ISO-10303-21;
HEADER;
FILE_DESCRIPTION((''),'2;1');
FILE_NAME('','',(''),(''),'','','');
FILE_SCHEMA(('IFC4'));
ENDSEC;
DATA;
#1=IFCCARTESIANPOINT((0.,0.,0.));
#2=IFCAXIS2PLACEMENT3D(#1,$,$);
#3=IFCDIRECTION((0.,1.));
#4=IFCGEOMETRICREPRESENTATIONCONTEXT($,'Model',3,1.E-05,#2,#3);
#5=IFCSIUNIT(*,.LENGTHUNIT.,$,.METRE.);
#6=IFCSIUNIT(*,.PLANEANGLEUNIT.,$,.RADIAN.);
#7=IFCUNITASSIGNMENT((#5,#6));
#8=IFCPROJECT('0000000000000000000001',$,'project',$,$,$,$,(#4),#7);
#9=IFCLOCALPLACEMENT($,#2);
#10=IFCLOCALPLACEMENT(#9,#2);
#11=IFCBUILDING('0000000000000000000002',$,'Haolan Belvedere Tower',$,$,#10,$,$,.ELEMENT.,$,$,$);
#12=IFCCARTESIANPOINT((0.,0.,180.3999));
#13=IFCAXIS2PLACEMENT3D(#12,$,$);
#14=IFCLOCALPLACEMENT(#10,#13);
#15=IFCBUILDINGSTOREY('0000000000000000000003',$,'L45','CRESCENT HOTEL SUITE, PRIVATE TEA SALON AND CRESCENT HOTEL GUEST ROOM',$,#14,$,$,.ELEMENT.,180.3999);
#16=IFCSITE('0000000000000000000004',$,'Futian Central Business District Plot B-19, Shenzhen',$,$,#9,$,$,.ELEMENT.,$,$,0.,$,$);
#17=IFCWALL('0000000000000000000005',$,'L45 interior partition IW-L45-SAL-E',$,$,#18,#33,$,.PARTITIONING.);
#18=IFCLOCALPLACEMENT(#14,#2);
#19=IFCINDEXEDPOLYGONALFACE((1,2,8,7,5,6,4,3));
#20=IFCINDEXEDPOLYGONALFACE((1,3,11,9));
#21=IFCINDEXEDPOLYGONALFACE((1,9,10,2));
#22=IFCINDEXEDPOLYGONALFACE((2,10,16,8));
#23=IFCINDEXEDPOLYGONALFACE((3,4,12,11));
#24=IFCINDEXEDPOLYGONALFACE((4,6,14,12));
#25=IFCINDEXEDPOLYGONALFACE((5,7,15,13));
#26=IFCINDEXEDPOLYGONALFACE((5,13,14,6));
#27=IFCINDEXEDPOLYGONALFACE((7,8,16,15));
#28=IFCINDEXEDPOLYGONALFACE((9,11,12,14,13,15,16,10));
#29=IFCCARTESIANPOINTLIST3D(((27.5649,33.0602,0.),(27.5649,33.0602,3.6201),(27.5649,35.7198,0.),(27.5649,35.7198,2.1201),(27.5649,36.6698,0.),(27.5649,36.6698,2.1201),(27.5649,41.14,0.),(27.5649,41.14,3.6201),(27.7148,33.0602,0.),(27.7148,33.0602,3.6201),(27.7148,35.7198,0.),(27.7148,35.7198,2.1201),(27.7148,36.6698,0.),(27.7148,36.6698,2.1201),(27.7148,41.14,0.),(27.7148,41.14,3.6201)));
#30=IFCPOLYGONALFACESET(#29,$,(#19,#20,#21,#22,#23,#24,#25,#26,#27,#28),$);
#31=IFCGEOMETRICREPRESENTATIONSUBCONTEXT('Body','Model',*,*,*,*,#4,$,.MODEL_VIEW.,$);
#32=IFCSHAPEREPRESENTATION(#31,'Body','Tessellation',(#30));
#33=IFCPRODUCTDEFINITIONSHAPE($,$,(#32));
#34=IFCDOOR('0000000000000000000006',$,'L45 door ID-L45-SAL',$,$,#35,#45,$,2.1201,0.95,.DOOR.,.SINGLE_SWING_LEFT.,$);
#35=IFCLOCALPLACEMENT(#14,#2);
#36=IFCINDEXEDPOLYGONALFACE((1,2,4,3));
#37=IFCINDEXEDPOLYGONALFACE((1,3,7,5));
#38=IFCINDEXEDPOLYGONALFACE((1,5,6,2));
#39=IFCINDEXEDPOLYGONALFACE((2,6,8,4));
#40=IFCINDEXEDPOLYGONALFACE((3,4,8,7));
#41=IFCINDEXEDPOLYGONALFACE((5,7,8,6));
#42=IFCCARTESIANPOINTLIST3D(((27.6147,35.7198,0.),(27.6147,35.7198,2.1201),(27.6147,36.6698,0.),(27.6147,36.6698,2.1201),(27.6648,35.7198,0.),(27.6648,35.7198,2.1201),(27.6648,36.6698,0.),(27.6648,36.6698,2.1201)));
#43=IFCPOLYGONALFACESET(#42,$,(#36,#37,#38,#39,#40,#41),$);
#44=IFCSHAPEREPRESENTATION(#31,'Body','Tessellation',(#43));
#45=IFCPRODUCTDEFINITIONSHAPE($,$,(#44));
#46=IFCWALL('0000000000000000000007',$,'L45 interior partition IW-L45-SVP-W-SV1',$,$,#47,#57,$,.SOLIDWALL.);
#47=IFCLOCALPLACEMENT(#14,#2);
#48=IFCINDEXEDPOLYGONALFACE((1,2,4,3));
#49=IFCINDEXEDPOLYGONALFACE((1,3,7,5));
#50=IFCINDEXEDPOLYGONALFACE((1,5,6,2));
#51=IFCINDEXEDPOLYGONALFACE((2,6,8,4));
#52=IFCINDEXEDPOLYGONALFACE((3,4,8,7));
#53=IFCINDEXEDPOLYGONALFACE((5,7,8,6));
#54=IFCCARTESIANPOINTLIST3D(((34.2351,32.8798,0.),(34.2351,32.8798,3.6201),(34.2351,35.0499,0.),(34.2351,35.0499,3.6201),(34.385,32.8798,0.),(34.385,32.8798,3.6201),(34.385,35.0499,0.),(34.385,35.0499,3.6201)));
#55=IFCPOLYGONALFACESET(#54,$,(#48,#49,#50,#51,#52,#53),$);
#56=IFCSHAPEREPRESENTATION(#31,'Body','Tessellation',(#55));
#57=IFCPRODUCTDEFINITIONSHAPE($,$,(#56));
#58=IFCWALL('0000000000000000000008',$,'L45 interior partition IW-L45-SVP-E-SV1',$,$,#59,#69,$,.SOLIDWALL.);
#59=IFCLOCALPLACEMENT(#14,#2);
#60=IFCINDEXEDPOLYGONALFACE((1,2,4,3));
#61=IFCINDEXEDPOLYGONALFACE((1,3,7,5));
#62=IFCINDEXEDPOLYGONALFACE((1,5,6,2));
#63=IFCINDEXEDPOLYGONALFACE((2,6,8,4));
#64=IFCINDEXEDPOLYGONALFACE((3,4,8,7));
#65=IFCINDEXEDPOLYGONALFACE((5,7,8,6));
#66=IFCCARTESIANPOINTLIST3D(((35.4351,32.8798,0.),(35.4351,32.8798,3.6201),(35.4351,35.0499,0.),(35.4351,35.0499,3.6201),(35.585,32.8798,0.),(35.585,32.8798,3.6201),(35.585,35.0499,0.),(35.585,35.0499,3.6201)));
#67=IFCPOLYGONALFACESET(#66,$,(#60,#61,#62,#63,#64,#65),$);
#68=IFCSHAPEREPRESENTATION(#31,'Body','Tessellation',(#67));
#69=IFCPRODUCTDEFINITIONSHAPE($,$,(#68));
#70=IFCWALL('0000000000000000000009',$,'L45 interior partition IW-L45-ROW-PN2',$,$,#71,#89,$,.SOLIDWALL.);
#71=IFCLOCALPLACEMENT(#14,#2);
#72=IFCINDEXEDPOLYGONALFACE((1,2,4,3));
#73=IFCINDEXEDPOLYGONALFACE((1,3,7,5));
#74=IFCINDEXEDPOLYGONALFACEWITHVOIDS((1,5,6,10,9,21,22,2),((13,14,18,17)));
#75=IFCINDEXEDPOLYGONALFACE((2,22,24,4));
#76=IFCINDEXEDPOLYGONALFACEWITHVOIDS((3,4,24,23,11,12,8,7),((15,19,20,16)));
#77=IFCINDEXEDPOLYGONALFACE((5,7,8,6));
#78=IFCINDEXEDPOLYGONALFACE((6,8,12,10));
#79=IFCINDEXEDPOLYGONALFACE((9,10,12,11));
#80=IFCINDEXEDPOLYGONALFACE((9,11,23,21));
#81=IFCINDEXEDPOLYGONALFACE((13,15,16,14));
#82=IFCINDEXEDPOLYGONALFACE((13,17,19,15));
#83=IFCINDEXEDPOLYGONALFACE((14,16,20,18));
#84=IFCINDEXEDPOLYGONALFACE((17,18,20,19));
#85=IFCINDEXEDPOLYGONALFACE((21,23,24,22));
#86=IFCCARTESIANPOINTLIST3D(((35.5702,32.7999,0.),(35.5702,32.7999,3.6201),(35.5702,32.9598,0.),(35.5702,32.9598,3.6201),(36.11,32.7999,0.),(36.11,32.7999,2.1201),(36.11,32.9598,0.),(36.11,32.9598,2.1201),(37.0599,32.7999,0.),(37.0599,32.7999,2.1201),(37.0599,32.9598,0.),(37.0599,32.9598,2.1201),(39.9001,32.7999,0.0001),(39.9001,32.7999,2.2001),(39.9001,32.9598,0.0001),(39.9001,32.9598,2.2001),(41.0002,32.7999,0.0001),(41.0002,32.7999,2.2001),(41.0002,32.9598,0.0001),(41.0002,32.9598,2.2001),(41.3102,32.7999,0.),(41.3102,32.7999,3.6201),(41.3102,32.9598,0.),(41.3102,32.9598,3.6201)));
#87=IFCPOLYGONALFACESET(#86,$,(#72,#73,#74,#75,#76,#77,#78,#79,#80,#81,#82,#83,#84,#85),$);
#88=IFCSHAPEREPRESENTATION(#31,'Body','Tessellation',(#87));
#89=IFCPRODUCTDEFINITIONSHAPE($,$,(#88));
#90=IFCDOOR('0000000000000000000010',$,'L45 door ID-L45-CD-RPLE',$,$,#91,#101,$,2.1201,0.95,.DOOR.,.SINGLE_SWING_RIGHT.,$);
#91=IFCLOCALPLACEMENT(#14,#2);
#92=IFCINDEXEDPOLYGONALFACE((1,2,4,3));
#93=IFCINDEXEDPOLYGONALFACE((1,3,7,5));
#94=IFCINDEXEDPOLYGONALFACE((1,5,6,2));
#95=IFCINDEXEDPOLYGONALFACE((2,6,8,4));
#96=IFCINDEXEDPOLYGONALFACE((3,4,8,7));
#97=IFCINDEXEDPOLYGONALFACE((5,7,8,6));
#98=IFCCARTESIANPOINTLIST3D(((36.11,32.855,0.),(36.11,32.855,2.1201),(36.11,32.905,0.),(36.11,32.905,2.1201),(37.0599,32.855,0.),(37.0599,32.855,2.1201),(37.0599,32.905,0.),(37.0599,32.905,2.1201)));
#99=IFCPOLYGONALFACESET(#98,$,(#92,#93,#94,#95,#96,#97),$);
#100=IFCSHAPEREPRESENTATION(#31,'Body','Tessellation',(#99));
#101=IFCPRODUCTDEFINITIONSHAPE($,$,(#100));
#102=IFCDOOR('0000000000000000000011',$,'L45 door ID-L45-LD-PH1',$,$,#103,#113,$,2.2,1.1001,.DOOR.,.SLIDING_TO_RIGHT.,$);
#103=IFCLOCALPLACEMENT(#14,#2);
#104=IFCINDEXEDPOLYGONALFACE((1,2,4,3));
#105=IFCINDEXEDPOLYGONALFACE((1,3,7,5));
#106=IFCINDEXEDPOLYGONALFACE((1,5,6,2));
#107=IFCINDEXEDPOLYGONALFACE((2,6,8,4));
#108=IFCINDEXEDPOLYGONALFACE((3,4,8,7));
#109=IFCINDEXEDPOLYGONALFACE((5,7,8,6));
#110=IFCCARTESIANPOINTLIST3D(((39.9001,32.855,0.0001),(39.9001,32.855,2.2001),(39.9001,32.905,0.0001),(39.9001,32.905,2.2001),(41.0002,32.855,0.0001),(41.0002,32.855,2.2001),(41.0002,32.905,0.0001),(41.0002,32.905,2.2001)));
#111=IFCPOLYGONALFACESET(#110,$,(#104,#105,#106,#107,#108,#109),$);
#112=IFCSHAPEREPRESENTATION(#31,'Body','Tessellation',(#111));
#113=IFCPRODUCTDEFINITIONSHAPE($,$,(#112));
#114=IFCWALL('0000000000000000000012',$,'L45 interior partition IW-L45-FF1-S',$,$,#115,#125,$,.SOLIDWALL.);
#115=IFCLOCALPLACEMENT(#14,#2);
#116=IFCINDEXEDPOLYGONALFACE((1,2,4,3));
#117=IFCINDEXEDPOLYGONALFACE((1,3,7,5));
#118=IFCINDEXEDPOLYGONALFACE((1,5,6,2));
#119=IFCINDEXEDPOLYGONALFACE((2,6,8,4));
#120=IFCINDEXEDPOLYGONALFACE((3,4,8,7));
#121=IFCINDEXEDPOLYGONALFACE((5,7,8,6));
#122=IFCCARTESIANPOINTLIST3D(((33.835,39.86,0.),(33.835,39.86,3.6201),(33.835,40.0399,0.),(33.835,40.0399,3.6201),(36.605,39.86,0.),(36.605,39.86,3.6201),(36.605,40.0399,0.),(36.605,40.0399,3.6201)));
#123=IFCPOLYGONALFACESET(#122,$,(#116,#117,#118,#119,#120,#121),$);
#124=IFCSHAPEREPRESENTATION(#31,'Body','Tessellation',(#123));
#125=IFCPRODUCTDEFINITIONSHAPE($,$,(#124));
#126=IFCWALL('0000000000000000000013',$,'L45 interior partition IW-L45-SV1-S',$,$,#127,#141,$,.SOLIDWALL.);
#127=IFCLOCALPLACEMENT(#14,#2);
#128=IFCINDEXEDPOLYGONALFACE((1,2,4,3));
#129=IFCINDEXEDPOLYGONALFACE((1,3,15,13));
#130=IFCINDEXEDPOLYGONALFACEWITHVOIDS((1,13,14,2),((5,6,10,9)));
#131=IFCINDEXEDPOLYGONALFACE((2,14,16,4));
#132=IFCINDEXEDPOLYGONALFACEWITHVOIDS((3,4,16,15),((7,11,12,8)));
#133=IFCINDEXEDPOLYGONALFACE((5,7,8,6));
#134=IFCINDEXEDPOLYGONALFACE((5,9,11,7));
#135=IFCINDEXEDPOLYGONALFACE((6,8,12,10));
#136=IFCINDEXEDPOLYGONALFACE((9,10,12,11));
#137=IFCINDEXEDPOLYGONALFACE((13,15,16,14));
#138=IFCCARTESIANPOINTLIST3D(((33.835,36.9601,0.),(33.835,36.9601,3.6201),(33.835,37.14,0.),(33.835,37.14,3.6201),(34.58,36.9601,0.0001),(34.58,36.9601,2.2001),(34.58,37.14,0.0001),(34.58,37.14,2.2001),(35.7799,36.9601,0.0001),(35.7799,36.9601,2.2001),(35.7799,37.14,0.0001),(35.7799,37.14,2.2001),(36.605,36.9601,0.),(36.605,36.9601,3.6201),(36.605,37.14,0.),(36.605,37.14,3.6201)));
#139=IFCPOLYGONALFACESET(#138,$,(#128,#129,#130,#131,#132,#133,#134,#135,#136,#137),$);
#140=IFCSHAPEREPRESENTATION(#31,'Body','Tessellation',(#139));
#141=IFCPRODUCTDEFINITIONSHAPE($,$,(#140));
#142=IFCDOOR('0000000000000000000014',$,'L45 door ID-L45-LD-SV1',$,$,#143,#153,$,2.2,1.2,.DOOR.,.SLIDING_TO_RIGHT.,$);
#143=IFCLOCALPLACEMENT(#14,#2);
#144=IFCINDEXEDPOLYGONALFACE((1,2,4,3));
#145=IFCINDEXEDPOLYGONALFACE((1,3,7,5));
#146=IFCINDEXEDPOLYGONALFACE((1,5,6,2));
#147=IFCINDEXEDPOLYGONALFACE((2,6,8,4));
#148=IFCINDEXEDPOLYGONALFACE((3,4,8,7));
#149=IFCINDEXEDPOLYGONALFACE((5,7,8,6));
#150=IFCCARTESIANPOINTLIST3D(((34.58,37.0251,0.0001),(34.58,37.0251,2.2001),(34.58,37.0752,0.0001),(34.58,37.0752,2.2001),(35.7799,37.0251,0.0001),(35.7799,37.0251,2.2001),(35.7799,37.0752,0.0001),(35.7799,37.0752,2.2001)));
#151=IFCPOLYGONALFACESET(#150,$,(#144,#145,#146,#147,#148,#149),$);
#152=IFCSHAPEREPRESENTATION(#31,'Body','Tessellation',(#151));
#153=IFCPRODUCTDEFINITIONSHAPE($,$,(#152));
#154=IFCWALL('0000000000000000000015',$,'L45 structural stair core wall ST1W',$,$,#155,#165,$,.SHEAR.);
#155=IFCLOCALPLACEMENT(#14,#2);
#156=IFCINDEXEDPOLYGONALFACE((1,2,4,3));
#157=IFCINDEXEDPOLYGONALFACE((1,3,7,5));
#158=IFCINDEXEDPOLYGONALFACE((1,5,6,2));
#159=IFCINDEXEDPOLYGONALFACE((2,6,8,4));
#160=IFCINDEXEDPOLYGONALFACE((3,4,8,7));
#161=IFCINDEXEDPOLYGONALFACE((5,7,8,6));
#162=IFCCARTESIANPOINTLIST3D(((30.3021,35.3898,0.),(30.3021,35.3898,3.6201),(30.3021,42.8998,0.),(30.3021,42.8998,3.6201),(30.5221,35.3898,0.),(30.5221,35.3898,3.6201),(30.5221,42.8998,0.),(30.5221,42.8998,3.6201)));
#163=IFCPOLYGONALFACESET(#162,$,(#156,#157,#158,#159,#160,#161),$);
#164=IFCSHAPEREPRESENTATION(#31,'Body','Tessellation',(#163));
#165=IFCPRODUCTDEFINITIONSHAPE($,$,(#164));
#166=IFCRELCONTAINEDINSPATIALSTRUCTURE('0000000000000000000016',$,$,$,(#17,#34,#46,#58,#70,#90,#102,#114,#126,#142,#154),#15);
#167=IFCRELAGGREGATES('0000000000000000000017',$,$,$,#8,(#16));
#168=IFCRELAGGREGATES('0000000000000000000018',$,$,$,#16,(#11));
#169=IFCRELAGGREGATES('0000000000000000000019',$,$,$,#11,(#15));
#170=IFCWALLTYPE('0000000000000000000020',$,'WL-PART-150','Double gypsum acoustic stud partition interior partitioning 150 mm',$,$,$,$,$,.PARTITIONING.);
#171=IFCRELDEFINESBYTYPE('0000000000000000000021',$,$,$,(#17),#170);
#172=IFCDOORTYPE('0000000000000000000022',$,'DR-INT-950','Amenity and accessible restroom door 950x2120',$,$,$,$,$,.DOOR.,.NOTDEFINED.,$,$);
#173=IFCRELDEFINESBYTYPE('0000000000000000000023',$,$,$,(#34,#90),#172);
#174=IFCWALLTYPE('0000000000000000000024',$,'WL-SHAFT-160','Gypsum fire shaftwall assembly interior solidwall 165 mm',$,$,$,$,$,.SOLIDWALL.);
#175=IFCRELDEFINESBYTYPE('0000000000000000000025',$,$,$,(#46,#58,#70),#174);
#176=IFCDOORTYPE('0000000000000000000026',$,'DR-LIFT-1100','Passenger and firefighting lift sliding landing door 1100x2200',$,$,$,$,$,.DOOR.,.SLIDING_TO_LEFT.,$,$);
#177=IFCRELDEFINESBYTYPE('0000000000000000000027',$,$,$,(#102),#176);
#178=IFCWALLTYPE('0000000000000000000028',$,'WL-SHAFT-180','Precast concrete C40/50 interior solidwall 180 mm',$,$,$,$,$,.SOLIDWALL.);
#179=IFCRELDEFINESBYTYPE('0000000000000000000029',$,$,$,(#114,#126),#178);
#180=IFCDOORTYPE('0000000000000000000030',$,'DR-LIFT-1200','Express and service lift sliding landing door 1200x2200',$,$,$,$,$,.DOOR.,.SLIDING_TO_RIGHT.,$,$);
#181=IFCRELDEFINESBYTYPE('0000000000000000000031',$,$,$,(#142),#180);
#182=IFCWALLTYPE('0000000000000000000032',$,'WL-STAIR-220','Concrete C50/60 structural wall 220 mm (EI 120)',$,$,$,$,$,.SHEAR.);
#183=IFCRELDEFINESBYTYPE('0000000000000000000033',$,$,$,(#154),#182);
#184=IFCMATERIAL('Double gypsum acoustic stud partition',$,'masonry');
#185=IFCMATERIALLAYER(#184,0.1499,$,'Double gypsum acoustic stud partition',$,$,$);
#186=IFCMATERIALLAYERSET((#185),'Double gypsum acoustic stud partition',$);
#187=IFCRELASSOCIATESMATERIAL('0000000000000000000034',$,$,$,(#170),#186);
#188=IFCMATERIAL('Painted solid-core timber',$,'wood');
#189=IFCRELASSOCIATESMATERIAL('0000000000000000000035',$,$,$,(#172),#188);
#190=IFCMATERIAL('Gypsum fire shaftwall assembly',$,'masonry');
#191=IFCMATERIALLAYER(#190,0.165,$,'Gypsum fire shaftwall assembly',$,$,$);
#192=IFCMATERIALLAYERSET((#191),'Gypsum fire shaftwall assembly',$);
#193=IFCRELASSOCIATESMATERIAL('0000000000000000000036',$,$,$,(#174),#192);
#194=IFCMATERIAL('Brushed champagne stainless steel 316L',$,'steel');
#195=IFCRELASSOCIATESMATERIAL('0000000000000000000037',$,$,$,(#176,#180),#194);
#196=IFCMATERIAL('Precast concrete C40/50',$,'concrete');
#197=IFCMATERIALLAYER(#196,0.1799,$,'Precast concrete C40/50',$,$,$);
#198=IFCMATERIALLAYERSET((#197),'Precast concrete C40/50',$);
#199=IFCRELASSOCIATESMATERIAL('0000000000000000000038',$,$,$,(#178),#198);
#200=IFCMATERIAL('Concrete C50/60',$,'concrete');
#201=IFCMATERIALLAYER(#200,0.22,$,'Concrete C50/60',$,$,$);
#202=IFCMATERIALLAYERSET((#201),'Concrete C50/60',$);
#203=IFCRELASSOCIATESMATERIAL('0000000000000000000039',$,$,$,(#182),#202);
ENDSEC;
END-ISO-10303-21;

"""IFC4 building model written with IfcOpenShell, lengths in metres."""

from ifc_helpers import new_model, si_unit, direction, frame, frame_2d, origin, place, context, subcontext, project, spatial, rectangle, extrude, material, layer, layer_set, type_object, element, fill, save


model = new_model("IFC4")

# Units and contexts
model_context = context("Model", 3, precision=1e-05, world=origin(), true_north=direction((0.0, 1.0)))
body_context = subcontext(model_context, "Body", "Model", "MODEL_VIEW")
ifc_project = project(units=[si_unit("LENGTHUNIT", "METRE"), si_unit("PLANEANGLEUNIT", "RADIAN")], contexts=[model_context])

# Site, building, storey
site_placement = place(None, origin())
site = spatial("IfcSite", under=ifc_project, at=site_placement, Name="Futian Central Business District Plot B-19, Shenzhen", CompositionType="ELEMENT", RefElevation=0.0)
building_placement = place(site_placement, origin())
building = spatial("IfcBuilding", under=site, at=building_placement, Name="Haolan Belvedere Tower", CompositionType="ELEMENT")
storey_placement = place(building_placement, frame((0.0, 0.0, 180.3999)))
storey = spatial("IfcBuildingStorey", under=building, at=storey_placement, Name="L45", Description="CRESCENT HOTEL SUITE, PRIVATE TEA SALON AND CRESCENT HOTEL GUEST ROOM", CompositionType="ELEMENT", Elevation=180.3999)

# Wall, opening, door
ifc_material_1 = material(Name="Double gypsum acoustic stud partition", Category="masonry")
ifc_layer_1 = layer(ifc_material_1, 0.1499, Name="Double gypsum acoustic stud partition")
ifc_layer_set_1 = layer_set([ifc_layer_1], Name="Double gypsum acoustic stud partition")
wall_type_1 = type_object("IfcWallType", Name="WL-PART-150", Description="Double gypsum acoustic stud partition interior partitioning 150 mm", PredefinedType="PARTITIONING", material=ifc_layer_set_1)
wall_1_placement = place(storey_placement, frame((27.6399, 33.0601, 0.0), z_axis=(0.0, 0.0, 1.0), x_axis=(0.0, 1.0, 0.0)))
wall_1 = element("IfcWall", 1, at=wall_1_placement, inside=storey, type_object=wall_type_1, Name="L45 interior partition IW-L45-SAL-E", PredefinedType="PARTITIONING", context=body_context, shape_type="SweptSolid", body=[
    extrude(rectangle(XDim=8.0798, YDim=0.1499, at=frame_2d((4.04, 0.0))), origin(), (0.0, 0.0, 1.0), 3.6201),
])
opening_1_placement = place(wall_1_placement, frame((3.6099, 0.0, 0.0), z_axis=(0.0, 0.0, 1.0), x_axis=(-1.0, 0.0, 0.0)))
opening_1 = element("IfcOpeningElement", 2, at=opening_1_placement, cuts=wall_1, PredefinedType="OPENING", context=body_context, shape_type="SweptSolid", body=[
    extrude(rectangle(XDim=0.95, YDim=2.1201, at=frame_2d((0.4751, 1.0601))), frame((0.0, 0.085, 0.0), z_axis=(0.0, -1.0, 0.0), x_axis=(1.0, 0.0, 0.0)), (0.0, 0.0, 1.0), 0.1699),
])
ifc_material_2 = material(Name="Painted solid-core timber", Category="wood")
door_type_1 = type_object("IfcDoorType", Name="DR-INT-950", Description="Amenity and accessible restroom door 950x2120", OperationType="NOTDEFINED", PredefinedType="DOOR", material=ifc_material_2)
door_1_placement = place(opening_1_placement, origin())
door_1 = element("IfcDoor", 3, at=door_1_placement, inside=storey, type_object=door_type_1, Name="L45 door ID-L45-SAL", OperationType="SINGLE_SWING_LEFT", OverallHeight=2.1201, OverallWidth=0.95, PredefinedType="DOOR", context=body_context, shape_type="SweptSolid", body=[
    extrude(rectangle(XDim=0.95, YDim=2.1201, at=frame_2d((0.4751, 1.0601))), frame((0.0, 0.0249, 0.0), z_axis=(0.0, -1.0, 0.0), x_axis=(1.0, 0.0, 0.0)), (0.0, 0.0, 1.0), 0.05),
])
fill(opening_1, door_1)

# Walls
ifc_material_3 = material(Name="Gypsum fire shaftwall assembly", Category="masonry")
ifc_layer_2 = layer(ifc_material_3, 0.165, Name="Gypsum fire shaftwall assembly")
ifc_layer_set_2 = layer_set([ifc_layer_2], Name="Gypsum fire shaftwall assembly")
wall_type_2 = type_object("IfcWallType", Name="WL-SHAFT-160", Description="Gypsum fire shaftwall assembly interior solidwall 165 mm", PredefinedType="SOLIDWALL", material=ifc_layer_set_2)
for number, where, z_axis, x_axis, name in (
    (4, (34.3101, 32.8799, 0.0), (0.0, 0.0, 1.0), (0.0, 1.0, 0.0), "L45 interior partition IW-L45-SVP-W-SV1"),
    (5, (35.51, 32.8799, 0.0), (0.0, 0.0, 1.0), (0.0, 1.0, 0.0), "L45 interior partition IW-L45-SVP-E-SV1"),
):
    element("IfcWall", number, at=place(storey_placement, frame(where, z_axis=z_axis, x_axis=x_axis)), inside=storey, type_object=wall_type_2, Name=name, PredefinedType="SOLIDWALL", context=body_context, shape_type="SweptSolid", body=[
        extrude(rectangle(XDim=2.1702, YDim=0.1499, at=frame_2d((1.085, 0.0))), origin(), (0.0, 0.0, 1.0), 3.6201),
    ])

# Wall, openings, doors
wall_2_placement = place(storey_placement, frame((35.5701, 32.8799, 0.0), z_axis=(0.0, 0.0, 1.0), x_axis=(1.0, 0.0, 0.0)))
wall_2 = element("IfcWall", 6, at=wall_2_placement, inside=storey, type_object=wall_type_2, Name="L45 interior partition IW-L45-ROW-PN2", PredefinedType="SOLIDWALL", context=body_context, shape_type="SweptSolid", body=[
    extrude(rectangle(XDim=5.74, YDim=0.1599, at=frame_2d((2.8701, 0.0))), origin(), (0.0, 0.0, 1.0), 3.6201),
])
opening_2_placement = place(wall_2_placement, frame((1.49, 0.0, 0.0), z_axis=(0.0, 0.0, 1.0), x_axis=(-1.0, 0.0, 0.0)))
opening_2 = element("IfcOpeningElement", 7, at=opening_2_placement, cuts=wall_2, PredefinedType="OPENING", context=body_context, shape_type="SweptSolid", body=[
    extrude(rectangle(XDim=0.95, YDim=2.1201, at=frame_2d((0.4751, 1.0601))), frame((0.0, 0.0898, 0.0), z_axis=(0.0, -1.0, 0.0), x_axis=(1.0, 0.0, 0.0)), (0.0, 0.0, 1.0), 0.1799),
])
opening_3_placement = place(wall_2_placement, frame((5.4302, 0.0, 0.0), z_axis=(0.0, 0.0, 1.0), x_axis=(-1.0, 0.0, 0.0)))
opening_3 = element("IfcOpeningElement", 8, at=opening_3_placement, cuts=wall_2, PredefinedType="OPENING", context=body_context, shape_type="SweptSolid", body=[
    extrude(rectangle(XDim=1.1001, YDim=2.2, at=frame_2d((0.55, 1.1001))), frame((0.0, 0.0898, 0.0), z_axis=(0.0, -1.0, 0.0), x_axis=(1.0, 0.0, 0.0)), (0.0, 0.0, 1.0), 0.1799),
])
door_2_placement = place(opening_2_placement, origin())
door_2 = element("IfcDoor", 9, at=door_2_placement, inside=storey, type_object=door_type_1, Name="L45 door ID-L45-CD-RPLE", OperationType="SINGLE_SWING_RIGHT", OverallHeight=2.1201, OverallWidth=0.95, PredefinedType="DOOR", context=body_context, shape_type="SweptSolid", body=[
    extrude(rectangle(XDim=0.95, YDim=2.1201, at=frame_2d((0.4751, 1.0601))), frame((0.0, 0.0249, 0.0), z_axis=(0.0, -1.0, 0.0), x_axis=(1.0, 0.0, 0.0)), (0.0, 0.0, 1.0), 0.05),
])
fill(opening_2, door_2)
ifc_material_4 = material(Name="Brushed champagne stainless steel 316L", Category="steel")
door_type_2 = type_object("IfcDoorType", Name="DR-LIFT-1100", Description="Passenger and firefighting lift sliding landing door 1100x2200", OperationType="SLIDING_TO_LEFT", PredefinedType="DOOR", material=ifc_material_4)
door_3_placement = place(opening_3_placement, origin())
door_3 = element("IfcDoor", 10, at=door_3_placement, inside=storey, type_object=door_type_2, Name="L45 door ID-L45-LD-PH1", OperationType="SLIDING_TO_RIGHT", OverallHeight=2.2, OverallWidth=1.1001, PredefinedType="DOOR", context=body_context, shape_type="SweptSolid", body=[
    extrude(rectangle(XDim=1.1001, YDim=2.2, at=frame_2d((0.55, 1.1001))), frame((0.0, 0.0249, 0.0), z_axis=(0.0, -1.0, 0.0), x_axis=(1.0, 0.0, 0.0)), (0.0, 0.0, 1.0), 0.05),
])
fill(opening_3, door_3)

# Wall
ifc_material_5 = material(Name="Precast concrete C40/50", Category="concrete")
ifc_layer_3 = layer(ifc_material_5, 0.1799, Name="Precast concrete C40/50")
ifc_layer_set_3 = layer_set([ifc_layer_3], Name="Precast concrete C40/50")
wall_type_3 = type_object("IfcWallType", Name="WL-SHAFT-180", Description="Precast concrete C40/50 interior solidwall 180 mm", PredefinedType="SOLIDWALL", material=ifc_layer_set_3)
wall_3_placement = place(storey_placement, frame((33.835, 39.95, 0.0), z_axis=(0.0, 0.0, 1.0), x_axis=(1.0, 0.0, 0.0)))
element("IfcWall", 11, at=wall_3_placement, inside=storey, type_object=wall_type_3, Name="L45 interior partition IW-L45-FF1-S", PredefinedType="SOLIDWALL", context=body_context, shape_type="SweptSolid", body=[
    extrude(rectangle(XDim=2.77, YDim=0.1799, at=frame_2d((1.385, 0.0))), origin(), (0.0, 0.0, 1.0), 3.6201),
])

# Wall, opening, door
wall_4_placement = place(storey_placement, frame((33.835, 37.05, 0.0), z_axis=(0.0, 0.0, 1.0), x_axis=(1.0, 0.0, 0.0)))
wall_4 = element("IfcWall", 12, at=wall_4_placement, inside=storey, type_object=wall_type_3, Name="L45 interior partition IW-L45-SV1-S", PredefinedType="SOLIDWALL", context=body_context, shape_type="SweptSolid", body=[
    extrude(rectangle(XDim=2.77, YDim=0.1799, at=frame_2d((1.385, 0.0))), origin(), (0.0, 0.0, 1.0), 3.6201),
])
opening_4_placement = place(wall_4_placement, frame((1.9451, 0.0, 0.0), z_axis=(0.0, 0.0, 1.0), x_axis=(-1.0, 0.0, 0.0)))
opening_4 = element("IfcOpeningElement", 13, at=opening_4_placement, cuts=wall_4, PredefinedType="OPENING", context=body_context, shape_type="SweptSolid", body=[
    extrude(rectangle(XDim=1.2, YDim=2.2, at=frame_2d((0.6001, 1.1001))), frame((0.0, 0.0999, 0.0), z_axis=(0.0, -1.0, 0.0), x_axis=(1.0, 0.0, 0.0)), (0.0, 0.0, 1.0), 0.2),
])
door_type_3 = type_object("IfcDoorType", Name="DR-LIFT-1200", Description="Express and service lift sliding landing door 1200x2200", OperationType="SLIDING_TO_RIGHT", PredefinedType="DOOR", material=ifc_material_4)
door_4_placement = place(opening_4_placement, origin())
door_4 = element("IfcDoor", 14, at=door_4_placement, inside=storey, type_object=door_type_3, Name="L45 door ID-L45-LD-SV1", OperationType="SLIDING_TO_RIGHT", OverallHeight=2.2, OverallWidth=1.2, PredefinedType="DOOR", context=body_context, shape_type="SweptSolid", body=[
    extrude(rectangle(XDim=1.2, YDim=2.2, at=frame_2d((0.6001, 1.1001))), frame((0.0, 0.0249, 0.0), z_axis=(0.0, -1.0, 0.0), x_axis=(1.0, 0.0, 0.0)), (0.0, 0.0, 1.0), 0.05),
])
fill(opening_4, door_4)

# Wall
ifc_material_6 = material(Name="Concrete C50/60", Category="concrete")
ifc_layer_4 = layer(ifc_material_6, 0.22, Name="Concrete C50/60")
ifc_layer_set_4 = layer_set([ifc_layer_4], Name="Concrete C50/60")
wall_type_4 = type_object("IfcWallType", Name="WL-STAIR-220", Description="Concrete C50/60 structural wall 220 mm (EI 120)", PredefinedType="SHEAR", material=ifc_layer_set_4)
for number, where, z_axis, x_axis, name in (
    (15, (30.4121, 35.3899, 0.0), (0.0, 0.0, 1.0), (0.0, 1.0, 0.0), "L45 structural stair core wall ST1W"),
):
    element("IfcWall", number, at=place(storey_placement, frame(where, z_axis=z_axis, x_axis=x_axis)), inside=storey, type_object=wall_type_4, Name=name, PredefinedType="SHEAR", context=body_context, shape_type="SweptSolid", body=[
        extrude(rectangle(XDim=7.51, YDim=0.22, at=frame_2d((3.7549, 0.0))), origin(), (0.0, 0.0, 1.0), 3.6201),
    ])

save(model, "model.ifc")
